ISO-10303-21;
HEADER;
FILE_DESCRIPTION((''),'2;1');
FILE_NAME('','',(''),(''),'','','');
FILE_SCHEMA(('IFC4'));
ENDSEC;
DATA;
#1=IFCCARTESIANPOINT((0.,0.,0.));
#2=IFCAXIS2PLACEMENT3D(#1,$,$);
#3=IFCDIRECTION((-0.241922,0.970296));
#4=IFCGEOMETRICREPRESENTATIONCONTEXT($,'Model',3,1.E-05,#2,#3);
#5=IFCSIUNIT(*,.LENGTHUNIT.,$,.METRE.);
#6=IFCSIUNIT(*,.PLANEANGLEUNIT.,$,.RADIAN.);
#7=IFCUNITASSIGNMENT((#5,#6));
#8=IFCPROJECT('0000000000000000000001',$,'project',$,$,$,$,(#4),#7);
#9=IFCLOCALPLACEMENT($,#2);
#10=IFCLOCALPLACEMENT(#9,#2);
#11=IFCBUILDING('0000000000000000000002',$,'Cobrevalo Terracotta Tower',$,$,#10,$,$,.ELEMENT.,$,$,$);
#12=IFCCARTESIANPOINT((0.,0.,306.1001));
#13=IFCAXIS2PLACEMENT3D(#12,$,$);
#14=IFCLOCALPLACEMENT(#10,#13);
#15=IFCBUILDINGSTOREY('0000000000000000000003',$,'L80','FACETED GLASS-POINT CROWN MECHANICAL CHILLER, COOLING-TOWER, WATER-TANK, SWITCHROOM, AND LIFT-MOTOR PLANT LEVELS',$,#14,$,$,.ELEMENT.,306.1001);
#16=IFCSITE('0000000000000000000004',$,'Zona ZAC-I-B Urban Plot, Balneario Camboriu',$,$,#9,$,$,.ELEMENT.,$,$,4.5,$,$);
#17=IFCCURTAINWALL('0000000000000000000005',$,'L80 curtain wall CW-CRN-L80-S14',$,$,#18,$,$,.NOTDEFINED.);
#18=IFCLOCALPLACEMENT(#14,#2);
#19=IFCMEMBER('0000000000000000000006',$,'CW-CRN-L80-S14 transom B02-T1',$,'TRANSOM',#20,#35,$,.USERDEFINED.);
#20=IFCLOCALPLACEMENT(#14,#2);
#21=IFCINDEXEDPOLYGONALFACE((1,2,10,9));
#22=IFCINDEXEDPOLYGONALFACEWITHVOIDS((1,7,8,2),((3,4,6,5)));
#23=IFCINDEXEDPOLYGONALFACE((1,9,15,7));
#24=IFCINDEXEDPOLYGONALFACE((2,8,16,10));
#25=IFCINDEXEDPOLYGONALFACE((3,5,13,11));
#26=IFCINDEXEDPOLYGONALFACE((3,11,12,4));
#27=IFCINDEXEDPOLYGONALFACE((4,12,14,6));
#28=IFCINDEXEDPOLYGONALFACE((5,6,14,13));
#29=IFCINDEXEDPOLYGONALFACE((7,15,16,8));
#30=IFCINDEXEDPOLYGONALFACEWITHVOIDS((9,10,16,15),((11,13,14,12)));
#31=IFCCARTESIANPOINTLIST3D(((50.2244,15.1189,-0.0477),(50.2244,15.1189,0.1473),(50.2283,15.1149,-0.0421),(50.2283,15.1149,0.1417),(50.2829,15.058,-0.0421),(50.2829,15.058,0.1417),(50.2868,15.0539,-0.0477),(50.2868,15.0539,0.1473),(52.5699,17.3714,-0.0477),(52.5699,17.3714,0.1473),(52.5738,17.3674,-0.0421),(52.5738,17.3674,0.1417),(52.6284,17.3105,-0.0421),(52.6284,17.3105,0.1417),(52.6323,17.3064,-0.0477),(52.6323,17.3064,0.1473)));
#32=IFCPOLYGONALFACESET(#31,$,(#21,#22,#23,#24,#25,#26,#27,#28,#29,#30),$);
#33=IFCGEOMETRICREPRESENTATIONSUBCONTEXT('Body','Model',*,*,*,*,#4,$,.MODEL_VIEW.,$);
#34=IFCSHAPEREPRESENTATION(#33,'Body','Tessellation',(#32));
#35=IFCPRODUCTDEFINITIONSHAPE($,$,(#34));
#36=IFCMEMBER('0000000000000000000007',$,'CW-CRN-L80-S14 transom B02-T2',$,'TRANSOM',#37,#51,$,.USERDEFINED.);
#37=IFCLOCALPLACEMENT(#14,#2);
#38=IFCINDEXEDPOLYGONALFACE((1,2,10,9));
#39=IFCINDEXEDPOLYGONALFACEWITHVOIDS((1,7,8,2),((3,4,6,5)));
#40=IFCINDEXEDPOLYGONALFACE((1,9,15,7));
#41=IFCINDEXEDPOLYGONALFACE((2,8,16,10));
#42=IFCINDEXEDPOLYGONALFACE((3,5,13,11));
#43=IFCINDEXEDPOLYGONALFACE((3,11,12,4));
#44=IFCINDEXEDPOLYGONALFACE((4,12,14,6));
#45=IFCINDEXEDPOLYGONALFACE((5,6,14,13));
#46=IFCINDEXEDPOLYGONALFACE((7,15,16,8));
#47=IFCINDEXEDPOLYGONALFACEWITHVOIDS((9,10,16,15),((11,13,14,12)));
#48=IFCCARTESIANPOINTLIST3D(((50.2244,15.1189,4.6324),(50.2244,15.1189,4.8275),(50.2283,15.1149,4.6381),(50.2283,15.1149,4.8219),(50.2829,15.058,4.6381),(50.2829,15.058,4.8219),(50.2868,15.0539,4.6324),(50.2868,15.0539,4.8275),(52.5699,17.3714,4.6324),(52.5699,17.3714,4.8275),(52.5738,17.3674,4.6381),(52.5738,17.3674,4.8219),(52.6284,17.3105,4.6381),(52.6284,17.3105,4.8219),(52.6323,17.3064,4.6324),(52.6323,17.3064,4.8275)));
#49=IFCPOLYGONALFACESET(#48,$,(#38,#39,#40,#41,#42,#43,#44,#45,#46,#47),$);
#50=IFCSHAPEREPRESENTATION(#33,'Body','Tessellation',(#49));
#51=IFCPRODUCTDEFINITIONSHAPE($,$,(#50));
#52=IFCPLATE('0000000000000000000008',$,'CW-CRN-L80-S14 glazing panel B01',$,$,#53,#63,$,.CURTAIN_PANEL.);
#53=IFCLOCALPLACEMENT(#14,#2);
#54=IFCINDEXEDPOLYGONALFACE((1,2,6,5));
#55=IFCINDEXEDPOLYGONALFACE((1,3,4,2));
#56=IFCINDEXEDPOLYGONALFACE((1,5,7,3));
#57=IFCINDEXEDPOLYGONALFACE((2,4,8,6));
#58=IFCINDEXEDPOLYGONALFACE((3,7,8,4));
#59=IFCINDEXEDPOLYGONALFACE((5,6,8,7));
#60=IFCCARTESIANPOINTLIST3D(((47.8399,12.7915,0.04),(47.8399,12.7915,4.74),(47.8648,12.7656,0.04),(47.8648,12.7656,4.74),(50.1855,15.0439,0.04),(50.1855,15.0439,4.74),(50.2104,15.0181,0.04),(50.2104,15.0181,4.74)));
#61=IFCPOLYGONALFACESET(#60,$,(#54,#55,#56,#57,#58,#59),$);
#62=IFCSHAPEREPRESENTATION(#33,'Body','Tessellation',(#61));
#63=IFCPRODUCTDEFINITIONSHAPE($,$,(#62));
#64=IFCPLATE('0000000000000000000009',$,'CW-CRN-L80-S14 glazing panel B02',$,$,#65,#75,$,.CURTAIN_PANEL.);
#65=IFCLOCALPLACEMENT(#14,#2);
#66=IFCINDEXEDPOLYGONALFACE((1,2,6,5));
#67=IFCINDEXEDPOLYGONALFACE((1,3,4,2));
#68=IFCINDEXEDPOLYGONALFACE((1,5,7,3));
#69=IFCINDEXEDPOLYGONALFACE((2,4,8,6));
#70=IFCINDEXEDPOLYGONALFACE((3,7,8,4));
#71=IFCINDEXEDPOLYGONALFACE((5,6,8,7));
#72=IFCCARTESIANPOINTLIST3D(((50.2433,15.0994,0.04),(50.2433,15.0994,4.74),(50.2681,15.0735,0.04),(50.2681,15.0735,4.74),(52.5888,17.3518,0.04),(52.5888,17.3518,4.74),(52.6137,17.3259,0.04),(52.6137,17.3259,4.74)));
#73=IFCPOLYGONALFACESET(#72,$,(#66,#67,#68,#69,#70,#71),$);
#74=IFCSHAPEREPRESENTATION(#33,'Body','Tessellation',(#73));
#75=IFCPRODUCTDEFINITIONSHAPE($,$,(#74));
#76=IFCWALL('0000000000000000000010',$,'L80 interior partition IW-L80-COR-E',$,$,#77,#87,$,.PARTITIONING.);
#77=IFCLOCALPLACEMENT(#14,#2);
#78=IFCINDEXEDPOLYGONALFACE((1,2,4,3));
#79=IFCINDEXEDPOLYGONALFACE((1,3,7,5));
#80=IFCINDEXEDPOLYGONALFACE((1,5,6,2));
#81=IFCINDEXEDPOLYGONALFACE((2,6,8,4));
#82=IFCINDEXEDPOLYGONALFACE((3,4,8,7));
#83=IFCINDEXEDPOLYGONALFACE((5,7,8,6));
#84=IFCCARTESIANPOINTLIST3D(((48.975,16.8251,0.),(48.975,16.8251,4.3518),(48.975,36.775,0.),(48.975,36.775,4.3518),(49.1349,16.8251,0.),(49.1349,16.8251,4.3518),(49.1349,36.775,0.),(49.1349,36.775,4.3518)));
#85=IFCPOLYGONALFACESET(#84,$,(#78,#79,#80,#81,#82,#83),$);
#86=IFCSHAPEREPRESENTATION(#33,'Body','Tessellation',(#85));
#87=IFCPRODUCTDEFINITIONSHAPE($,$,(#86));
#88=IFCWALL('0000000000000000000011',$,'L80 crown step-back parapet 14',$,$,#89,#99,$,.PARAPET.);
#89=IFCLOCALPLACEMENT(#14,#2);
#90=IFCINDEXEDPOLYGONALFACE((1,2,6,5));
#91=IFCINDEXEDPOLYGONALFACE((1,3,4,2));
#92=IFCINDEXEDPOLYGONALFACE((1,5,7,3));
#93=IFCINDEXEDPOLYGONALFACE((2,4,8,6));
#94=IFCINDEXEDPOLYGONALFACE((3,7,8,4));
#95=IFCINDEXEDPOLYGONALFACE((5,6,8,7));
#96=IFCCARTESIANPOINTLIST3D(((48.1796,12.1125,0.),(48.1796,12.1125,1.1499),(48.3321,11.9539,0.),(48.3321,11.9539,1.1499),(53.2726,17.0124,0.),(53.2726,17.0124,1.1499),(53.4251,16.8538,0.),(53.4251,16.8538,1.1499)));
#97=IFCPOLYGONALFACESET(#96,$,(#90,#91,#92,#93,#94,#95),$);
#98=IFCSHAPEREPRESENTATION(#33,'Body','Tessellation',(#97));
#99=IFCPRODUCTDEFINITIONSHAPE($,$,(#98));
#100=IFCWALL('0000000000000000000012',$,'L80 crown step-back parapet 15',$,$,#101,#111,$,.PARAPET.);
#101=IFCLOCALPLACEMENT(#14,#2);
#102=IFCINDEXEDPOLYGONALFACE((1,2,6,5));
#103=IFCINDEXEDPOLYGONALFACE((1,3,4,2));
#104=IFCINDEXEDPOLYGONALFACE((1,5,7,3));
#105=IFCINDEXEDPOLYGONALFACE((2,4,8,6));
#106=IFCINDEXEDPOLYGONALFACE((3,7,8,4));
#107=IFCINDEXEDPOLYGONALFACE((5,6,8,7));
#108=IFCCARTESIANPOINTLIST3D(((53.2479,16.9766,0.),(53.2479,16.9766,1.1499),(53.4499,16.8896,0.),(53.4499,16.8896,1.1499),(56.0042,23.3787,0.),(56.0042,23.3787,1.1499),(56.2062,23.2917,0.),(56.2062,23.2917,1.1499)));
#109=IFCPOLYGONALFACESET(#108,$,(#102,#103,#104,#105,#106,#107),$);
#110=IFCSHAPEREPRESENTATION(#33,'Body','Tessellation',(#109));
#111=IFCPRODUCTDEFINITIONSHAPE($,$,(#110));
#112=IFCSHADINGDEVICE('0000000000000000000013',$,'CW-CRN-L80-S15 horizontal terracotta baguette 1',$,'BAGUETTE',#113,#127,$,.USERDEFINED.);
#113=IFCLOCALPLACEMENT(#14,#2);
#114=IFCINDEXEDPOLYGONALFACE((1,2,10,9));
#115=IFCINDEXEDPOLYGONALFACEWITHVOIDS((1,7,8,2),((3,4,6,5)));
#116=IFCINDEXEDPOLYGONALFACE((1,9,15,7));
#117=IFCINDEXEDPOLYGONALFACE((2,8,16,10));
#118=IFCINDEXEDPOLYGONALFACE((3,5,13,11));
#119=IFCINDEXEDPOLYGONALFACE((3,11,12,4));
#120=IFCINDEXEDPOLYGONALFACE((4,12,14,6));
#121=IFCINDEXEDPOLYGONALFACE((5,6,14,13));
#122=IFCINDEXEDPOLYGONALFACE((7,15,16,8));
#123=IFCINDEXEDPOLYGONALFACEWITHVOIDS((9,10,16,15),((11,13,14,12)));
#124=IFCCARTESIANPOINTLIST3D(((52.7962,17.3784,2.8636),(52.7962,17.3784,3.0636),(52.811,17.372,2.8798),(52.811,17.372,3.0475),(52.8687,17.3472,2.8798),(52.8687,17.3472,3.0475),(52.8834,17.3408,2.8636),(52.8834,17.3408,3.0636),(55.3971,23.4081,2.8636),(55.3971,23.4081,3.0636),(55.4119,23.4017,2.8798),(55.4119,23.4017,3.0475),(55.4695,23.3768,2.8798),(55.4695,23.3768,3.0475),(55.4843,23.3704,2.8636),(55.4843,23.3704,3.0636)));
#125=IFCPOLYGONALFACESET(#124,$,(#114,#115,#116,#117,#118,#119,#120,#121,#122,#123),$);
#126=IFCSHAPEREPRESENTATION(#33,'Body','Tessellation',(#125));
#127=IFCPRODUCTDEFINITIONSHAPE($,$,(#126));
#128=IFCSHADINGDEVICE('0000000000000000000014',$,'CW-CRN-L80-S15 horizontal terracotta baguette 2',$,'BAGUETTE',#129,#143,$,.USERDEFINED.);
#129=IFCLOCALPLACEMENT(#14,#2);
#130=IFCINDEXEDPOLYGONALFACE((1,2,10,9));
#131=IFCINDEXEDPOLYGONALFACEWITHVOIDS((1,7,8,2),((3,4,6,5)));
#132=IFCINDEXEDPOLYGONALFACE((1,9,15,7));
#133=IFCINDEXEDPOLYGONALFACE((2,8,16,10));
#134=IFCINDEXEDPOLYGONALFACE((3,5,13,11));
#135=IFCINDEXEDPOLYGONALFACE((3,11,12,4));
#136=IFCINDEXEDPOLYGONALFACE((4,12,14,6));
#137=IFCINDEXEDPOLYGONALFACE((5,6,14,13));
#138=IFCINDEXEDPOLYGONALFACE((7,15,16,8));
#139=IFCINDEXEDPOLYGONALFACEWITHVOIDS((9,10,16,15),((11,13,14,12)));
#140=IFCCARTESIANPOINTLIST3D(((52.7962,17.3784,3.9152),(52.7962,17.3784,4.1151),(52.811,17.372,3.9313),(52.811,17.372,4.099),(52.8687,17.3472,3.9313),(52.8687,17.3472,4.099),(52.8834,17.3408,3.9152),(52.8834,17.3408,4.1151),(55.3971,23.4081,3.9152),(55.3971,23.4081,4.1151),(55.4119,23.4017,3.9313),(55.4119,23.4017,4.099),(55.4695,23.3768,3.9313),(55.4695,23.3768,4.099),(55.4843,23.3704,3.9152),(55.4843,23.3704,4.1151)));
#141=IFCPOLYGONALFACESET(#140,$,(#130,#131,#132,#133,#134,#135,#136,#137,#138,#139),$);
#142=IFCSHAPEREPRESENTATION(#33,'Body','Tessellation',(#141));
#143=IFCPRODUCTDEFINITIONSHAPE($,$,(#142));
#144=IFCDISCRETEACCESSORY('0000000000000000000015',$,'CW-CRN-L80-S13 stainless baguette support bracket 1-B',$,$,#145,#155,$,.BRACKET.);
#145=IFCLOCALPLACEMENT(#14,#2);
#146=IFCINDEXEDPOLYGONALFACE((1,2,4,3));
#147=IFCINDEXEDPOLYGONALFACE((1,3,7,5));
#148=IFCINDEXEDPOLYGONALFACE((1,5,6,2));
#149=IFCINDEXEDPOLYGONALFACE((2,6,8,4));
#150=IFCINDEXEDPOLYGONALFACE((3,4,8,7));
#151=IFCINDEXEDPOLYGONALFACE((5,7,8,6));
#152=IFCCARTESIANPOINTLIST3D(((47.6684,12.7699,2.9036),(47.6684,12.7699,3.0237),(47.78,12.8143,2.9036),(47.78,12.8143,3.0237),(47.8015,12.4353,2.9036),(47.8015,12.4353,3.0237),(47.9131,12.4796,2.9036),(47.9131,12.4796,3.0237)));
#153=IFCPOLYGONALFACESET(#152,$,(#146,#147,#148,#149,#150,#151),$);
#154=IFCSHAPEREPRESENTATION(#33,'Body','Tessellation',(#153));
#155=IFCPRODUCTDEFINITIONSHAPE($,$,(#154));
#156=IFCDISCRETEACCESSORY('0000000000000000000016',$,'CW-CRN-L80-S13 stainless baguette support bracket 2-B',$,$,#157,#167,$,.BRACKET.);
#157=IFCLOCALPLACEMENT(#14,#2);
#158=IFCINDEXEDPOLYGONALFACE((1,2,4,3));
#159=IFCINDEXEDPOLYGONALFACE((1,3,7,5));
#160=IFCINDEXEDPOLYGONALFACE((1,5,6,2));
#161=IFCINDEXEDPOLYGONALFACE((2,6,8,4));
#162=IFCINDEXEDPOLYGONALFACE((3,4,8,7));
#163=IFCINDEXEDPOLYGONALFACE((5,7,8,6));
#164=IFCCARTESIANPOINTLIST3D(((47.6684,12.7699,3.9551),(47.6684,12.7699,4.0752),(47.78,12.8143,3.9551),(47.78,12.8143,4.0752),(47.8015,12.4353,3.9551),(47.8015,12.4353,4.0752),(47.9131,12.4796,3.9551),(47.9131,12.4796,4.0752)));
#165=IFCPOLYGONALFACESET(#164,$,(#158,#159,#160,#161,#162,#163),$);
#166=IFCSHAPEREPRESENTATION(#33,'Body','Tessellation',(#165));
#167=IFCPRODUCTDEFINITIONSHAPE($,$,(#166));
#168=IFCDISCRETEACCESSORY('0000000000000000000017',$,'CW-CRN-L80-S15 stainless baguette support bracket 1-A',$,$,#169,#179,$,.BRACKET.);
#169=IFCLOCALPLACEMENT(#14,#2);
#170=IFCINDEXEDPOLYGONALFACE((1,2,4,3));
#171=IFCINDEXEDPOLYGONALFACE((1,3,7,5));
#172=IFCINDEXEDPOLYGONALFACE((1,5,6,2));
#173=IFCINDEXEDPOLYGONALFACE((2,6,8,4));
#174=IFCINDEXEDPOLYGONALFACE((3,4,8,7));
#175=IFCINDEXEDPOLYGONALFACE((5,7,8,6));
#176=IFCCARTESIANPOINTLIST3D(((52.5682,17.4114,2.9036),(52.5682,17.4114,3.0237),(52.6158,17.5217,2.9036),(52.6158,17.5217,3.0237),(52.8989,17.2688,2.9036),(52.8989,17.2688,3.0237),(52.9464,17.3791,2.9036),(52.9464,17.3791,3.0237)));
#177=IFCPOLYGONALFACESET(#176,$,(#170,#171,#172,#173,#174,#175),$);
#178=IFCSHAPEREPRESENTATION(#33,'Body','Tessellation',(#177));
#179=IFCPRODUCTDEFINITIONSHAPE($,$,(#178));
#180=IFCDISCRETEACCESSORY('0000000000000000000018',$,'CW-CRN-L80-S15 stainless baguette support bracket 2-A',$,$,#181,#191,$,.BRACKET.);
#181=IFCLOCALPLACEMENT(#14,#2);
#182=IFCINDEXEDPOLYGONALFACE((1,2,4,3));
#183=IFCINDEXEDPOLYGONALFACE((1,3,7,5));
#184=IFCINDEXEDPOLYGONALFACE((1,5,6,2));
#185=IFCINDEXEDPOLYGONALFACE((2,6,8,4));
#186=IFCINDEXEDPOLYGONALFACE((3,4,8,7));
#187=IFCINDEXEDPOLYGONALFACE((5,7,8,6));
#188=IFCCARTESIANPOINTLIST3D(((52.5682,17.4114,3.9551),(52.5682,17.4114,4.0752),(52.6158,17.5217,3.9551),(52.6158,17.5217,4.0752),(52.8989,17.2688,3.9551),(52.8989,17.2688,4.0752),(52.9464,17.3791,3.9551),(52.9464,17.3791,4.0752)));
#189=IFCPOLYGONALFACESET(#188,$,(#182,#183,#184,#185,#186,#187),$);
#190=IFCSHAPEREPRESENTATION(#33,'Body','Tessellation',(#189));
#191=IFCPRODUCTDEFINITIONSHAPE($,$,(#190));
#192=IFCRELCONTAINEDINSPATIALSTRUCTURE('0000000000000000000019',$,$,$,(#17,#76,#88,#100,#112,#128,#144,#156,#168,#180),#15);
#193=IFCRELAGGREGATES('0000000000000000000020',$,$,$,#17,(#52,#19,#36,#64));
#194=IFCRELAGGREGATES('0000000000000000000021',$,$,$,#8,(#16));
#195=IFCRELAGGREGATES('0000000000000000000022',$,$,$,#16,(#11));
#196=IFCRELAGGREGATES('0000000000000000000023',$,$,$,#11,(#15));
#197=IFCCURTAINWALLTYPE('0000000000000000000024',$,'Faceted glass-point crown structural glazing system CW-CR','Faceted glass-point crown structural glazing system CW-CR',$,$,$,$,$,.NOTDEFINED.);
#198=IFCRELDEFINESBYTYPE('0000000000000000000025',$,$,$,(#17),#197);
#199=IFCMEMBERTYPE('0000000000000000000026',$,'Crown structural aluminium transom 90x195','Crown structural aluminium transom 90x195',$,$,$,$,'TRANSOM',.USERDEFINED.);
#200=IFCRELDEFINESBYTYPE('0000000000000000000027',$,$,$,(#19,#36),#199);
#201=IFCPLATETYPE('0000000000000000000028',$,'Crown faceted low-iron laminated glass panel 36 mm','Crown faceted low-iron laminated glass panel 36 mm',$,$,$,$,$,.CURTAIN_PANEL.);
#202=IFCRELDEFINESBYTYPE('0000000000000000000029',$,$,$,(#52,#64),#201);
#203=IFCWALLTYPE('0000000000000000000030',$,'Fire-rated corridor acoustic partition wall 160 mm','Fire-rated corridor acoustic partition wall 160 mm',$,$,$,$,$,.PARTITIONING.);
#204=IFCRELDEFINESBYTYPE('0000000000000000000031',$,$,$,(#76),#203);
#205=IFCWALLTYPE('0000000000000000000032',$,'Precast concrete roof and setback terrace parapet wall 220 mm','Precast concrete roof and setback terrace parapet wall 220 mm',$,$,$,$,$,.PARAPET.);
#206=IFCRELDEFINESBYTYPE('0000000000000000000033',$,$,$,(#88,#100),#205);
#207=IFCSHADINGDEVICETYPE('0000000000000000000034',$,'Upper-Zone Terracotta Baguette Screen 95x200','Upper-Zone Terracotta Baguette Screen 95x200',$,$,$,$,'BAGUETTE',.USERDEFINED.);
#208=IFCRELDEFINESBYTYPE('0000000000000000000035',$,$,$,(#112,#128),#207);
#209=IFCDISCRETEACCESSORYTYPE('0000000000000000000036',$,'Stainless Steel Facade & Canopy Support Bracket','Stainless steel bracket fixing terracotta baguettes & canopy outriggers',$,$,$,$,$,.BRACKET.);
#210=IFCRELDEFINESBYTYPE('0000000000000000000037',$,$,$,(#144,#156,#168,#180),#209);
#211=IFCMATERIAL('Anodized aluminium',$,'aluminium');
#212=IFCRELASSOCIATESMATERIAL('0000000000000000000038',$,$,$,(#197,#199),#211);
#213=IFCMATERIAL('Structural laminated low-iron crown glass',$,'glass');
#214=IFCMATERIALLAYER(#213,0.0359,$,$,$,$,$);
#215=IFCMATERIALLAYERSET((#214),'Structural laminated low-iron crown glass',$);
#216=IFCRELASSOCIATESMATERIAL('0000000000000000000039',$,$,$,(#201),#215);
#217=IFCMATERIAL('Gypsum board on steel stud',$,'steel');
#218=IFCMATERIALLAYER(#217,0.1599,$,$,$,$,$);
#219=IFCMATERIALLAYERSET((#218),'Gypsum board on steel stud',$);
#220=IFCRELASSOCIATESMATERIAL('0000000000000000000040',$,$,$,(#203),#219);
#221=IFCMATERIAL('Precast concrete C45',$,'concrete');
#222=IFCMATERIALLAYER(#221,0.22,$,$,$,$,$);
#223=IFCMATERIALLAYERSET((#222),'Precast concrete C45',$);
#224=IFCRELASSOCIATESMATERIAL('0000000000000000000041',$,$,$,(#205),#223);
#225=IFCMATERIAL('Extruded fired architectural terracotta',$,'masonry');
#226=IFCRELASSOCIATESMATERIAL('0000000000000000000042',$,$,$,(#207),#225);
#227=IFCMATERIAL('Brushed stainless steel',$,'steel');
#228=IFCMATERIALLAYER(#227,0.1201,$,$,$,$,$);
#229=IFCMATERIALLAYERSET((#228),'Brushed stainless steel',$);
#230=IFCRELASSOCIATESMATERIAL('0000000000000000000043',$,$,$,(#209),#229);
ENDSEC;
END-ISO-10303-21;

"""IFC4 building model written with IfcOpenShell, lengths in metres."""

from ifc_helpers import new_model, si_unit, direction, frame, frame_2d, origin, origin_2d, place, context, subcontext, project, spatial, rectangle, hollow_rectangle, extrude, source, transform, mapped, material, layer, layer_set, material_profile, profile_set, type_object, element, aggregate, save


model = new_model("IFC4")

# Units and contexts
model_context = context("Model", 3, precision=1e-05, world=origin(), true_north=direction((-0.241922, 0.970296)))
body_context = subcontext(model_context, "Body", "Model", "MODEL_VIEW")
ifc_project = project(units=[si_unit("LENGTHUNIT", "METRE"), si_unit("PLANEANGLEUNIT", "RADIAN")], contexts=[model_context])

# Site, building, storey
site_placement = place(None, origin())
site = spatial("IfcSite", under=ifc_project, at=site_placement, Name="Zona ZAC-I-B Urban Plot, Balneario Camboriu", CompositionType="ELEMENT", RefElevation=4.5)
building_placement = place(site_placement, origin())
building = spatial("IfcBuilding", under=site, at=building_placement, Name="Cobrevalo Terracotta Tower", CompositionType="ELEMENT")
storey_placement = place(building_placement, frame((0.0, 0.0, 306.1001)))
storey = spatial("IfcBuildingStorey", under=building, at=storey_placement, Name="L80", Description="FACETED GLASS-POINT CROWN MECHANICAL CHILLER, COOLING-TOWER, WATER-TANK, SWITCHROOM, AND LIFT-MOTOR PLANT LEVELS", CompositionType="ELEMENT", Elevation=306.1001)

# Shared definitions
ifc_material_1 = material(Name="Anodized aluminium", Category="aluminium")
curtain_wall_type = type_object("IfcCurtainWallType", Name="Faceted glass-point crown structural glazing system CW-CR", Description="Faceted glass-point crown structural glazing system CW-CR", PredefinedType="NOTDEFINED", material=ifc_material_1)

# Curtain wall
curtain_wall_1_placement = place(storey_placement, origin())
curtain_wall_1 = element("IfcCurtainWall", 1, at=curtain_wall_1_placement, inside=storey, type_object=curtain_wall_type, Name="L80 curtain wall CW-CRN-L80-S14", PredefinedType="NOTDEFINED")
ifc_material_profile_1 = material_profile(ifc_material_1, hollow_rectangle(XDim=0.0901, YDim=0.1951, WallThickness=0.0056, at=origin_2d()), Name="CWT 90x195")
ifc_profile_set_1 = profile_set([ifc_material_profile_1], Name="Anodized aluminium")
member_type_1 = type_object("IfcMemberType", Name="Crown structural aluminium transom 90x195", Description="Crown structural aluminium transom 90x195", ElementType="TRANSOM", PredefinedType="USERDEFINED", material=ifc_profile_set_1)

# Members
shared_shape_1 = source(origin(), body_context, "Body", "SweptSolid", [
    extrude(hollow_rectangle(XDim=0.0901, YDim=0.1951, WallThickness=0.0056, at=origin_2d()), origin(), (0.0, 0.0, 1.0), 3.252),
])
member_1_placement = place(storey_placement, frame((50.2556, 15.0864, 0.0498), z_axis=(0.721264, 0.69266, 0.0), x_axis=(-0.69266, 0.721264, 0.0)))
member_1 = element("IfcMember", 2, at=member_1_placement, type_object=member_type_1, Name="CW-CRN-L80-S14 transom B02-T1", ObjectType="TRANSOM", PredefinedType="USERDEFINED", context=body_context, shape_type="MappedRepresentation", body=[
    mapped(shared_shape_1, transform((0.0, 0.0, 0.0), scale=1.0)),
])
member_2_placement = place(storey_placement, frame((50.2556, 15.0864, 4.73), z_axis=(0.721264, 0.69266, 0.0), x_axis=(-0.69266, 0.721264, 0.0)))
member_2 = element("IfcMember", 3, at=member_2_placement, type_object=member_type_1, Name="CW-CRN-L80-S14 transom B02-T2", ObjectType="TRANSOM", PredefinedType="USERDEFINED", context=body_context, shape_type="MappedRepresentation", body=[
    mapped(shared_shape_1, transform((0.0, 0.0, 0.0), scale=1.0)),
])

# Plates
ifc_material_2 = material(Name="Structural laminated low-iron crown glass", Category="glass")
ifc_layer_1 = layer(ifc_material_2, 0.0359)
ifc_layer_set_1 = layer_set([ifc_layer_1], Name="Structural laminated low-iron crown glass")
plate_type = type_object("IfcPlateType", Name="Crown faceted low-iron laminated glass panel 36 mm", Description="Crown faceted low-iron laminated glass panel 36 mm", PredefinedType="CURTAIN_PANEL", material=ifc_layer_set_1)
shared_shape_2 = source(origin(), body_context, "Body", "SweptSolid", [
    extrude(rectangle(XDim=3.252, YDim=0.0359, at=origin_2d()), origin(), (0.0, 0.0, 1.0), 4.7),
])
plate_1_placement = place(storey_placement, frame((49.0251, 13.9048, 0.04), z_axis=(0.0, 0.0, 1.0), x_axis=(0.72128, 0.692643, 0.0)))
plate_1 = element("IfcPlate", 4, at=plate_1_placement, type_object=plate_type, Name="CW-CRN-L80-S14 glazing panel B01", PredefinedType="CURTAIN_PANEL", context=body_context, shape_type="MappedRepresentation", body=[
    mapped(shared_shape_2, transform((0.0, 0.0, 0.0), scale=1.0)),
])
plate_2_placement = place(storey_placement, frame((51.4285, 16.2126, 0.04), z_axis=(0.0, 0.0, 1.0), x_axis=(0.72128, 0.692643, 0.0)))
plate_2 = element("IfcPlate", 5, at=plate_2_placement, type_object=plate_type, Name="CW-CRN-L80-S14 glazing panel B02", PredefinedType="CURTAIN_PANEL", context=body_context, shape_type="MappedRepresentation", body=[
    mapped(shared_shape_2, transform((0.0, 0.0, 0.0), scale=1.0)),
])
aggregate(curtain_wall_1, [plate_1, member_1, member_2, plate_2])

# Walls
ifc_material_3 = material(Name="Gypsum board on steel stud", Category="steel")
ifc_layer_2 = layer(ifc_material_3, 0.1599)
ifc_layer_set_2 = layer_set([ifc_layer_2], Name="Gypsum board on steel stud")
wall_type_1 = type_object("IfcWallType", Name="Fire-rated corridor acoustic partition wall 160 mm", Description="Fire-rated corridor acoustic partition wall 160 mm", PredefinedType="PARTITIONING", material=ifc_layer_set_2)
wall_1_placement = place(storey_placement, frame((49.0549, 16.825, 0.0), z_axis=(0.0, 0.0, 1.0), x_axis=(0.0, 1.0, 0.0)))
element("IfcWall", 6, at=wall_1_placement, inside=storey, type_object=wall_type_1, Name="L80 interior partition IW-L80-COR-E", PredefinedType="PARTITIONING", context=body_context, shape_type="SweptSolid", body=[
    extrude(rectangle(XDim=19.95, YDim=0.1599, at=frame_2d((9.9751, 0.0))), origin(), (0.0, 0.0, 1.0), 4.3518),
])
ifc_material_4 = material(Name="Precast concrete C45", Category="concrete")
ifc_layer_3 = layer(ifc_material_4, 0.22)
ifc_layer_set_3 = layer_set([ifc_layer_3], Name="Precast concrete C45")
wall_type_2 = type_object("IfcWallType", Name="Precast concrete roof and setback terrace parapet wall 220 mm", Description="Precast concrete roof and setback terrace parapet wall 220 mm", PredefinedType="PARAPET", material=ifc_layer_set_3)
wall_2_placement = place(storey_placement, frame((48.2559, 12.0332, 0.0), z_axis=(0.0, 0.0, 1.0), x_axis=(0.720637, 0.693312, 0.0)))
element("IfcWall", 7, at=wall_2_placement, inside=storey, type_object=wall_type_2, Name="L80 crown step-back parapet 14", PredefinedType="PARAPET", context=body_context, shape_type="SweptSolid", body=[
    extrude(rectangle(XDim=7.0674, YDim=0.22, at=frame_2d((3.5337, 0.0))), origin(), (0.0, 0.0, 1.0), 1.1499),
])
wall_3_placement = place(storey_placement, frame((53.3489, 16.9331, 0.0), z_axis=(0.0, 0.0, 1.0), x_axis=(0.395445, 0.91849, 0.0)))
element("IfcWall", 8, at=wall_3_placement, inside=storey, type_object=wall_type_2, Name="L80 crown step-back parapet 15", PredefinedType="PARAPET", context=body_context, shape_type="SweptSolid", body=[
    extrude(rectangle(XDim=6.9702, YDim=0.22, at=frame_2d((3.4851, 0.0))), origin(), (0.0, 0.0, 1.0), 1.1499),
])

# Shading devices
ifc_material_5 = material(Name="Extruded fired architectural terracotta", Category="masonry")
ifc_material_profile_2 = material_profile(ifc_material_5, hollow_rectangle(XDim=0.095, YDim=0.2, WallThickness=0.0161, at=origin_2d()), Name="BAGUETTE 95x200")
ifc_profile_set_2 = profile_set([ifc_material_profile_2], Name="Extruded fired architectural terracotta")
shading_device_type = type_object("IfcShadingDeviceType", Name="Upper-Zone Terracotta Baguette Screen 95x200", Description="Upper-Zone Terracotta Baguette Screen 95x200", ElementType="BAGUETTE", PredefinedType="USERDEFINED", material=ifc_profile_set_2)
shared_shape_3 = source(origin(), body_context, "Body", "SweptSolid", [
    extrude(hollow_rectangle(XDim=0.095, YDim=0.2, WallThickness=0.0161, at=origin_2d()), origin(), (0.0, 0.0, 1.0), 6.5667),
])
for number, where, z_axis, x_axis, name in (
    (9, (52.8398, 17.3596, 2.9636), (0.396072, 0.918219, 0.0), (-0.918219, 0.396072, 0.0), "CW-CRN-L80-S15 horizontal terracotta baguette 1"),
    (10, (52.8398, 17.3596, 4.0151), (0.396072, 0.918219, 0.0), (-0.918219, 0.396072, 0.0), "CW-CRN-L80-S15 horizontal terracotta baguette 2"),
):
    element("IfcShadingDevice", number, at=place(storey_placement, frame(where, z_axis=z_axis, x_axis=x_axis)), inside=storey, type_object=shading_device_type, Name=name, ObjectType="BAGUETTE", PredefinedType="USERDEFINED", context=body_context, shape_type="MappedRepresentation", body=[
        mapped(shared_shape_3, transform((0.0, 0.0, 0.0), scale=1.0)),
    ])

# Discrete accessories
ifc_material_6 = material(Name="Brushed stainless steel", Category="steel")
ifc_layer_4 = layer(ifc_material_6, 0.1201)
ifc_layer_set_4 = layer_set([ifc_layer_4], Name="Brushed stainless steel")
discrete_accessory_type = type_object("IfcDiscreteAccessoryType", Name="Stainless Steel Facade & Canopy Support Bracket", Description="Stainless steel bracket fixing terracotta baguettes & canopy outriggers", PredefinedType="BRACKET", material=ifc_layer_set_4)
shared_shape_4 = source(origin(), body_context, "Body", "SweptSolid", [
    extrude(rectangle(XDim=0.1201, YDim=0.3601, at=origin_2d()), origin(), (0.0, 0.0, 1.0), 0.1201),
])
for number, where, z_axis, x_axis, name in (
    (11, (47.7908, 12.6248, 2.9036), (0.0, 0.0, 1.0), (0.929191, 0.369601, 0.0), "CW-CRN-L80-S13 stainless baguette support bracket 1-B"),
    (12, (47.7908, 12.6248, 3.9551), (0.0, 0.0, 1.0), (0.929191, 0.369601, 0.0), "CW-CRN-L80-S13 stainless baguette support bracket 2-B"),
    (13, (52.7573, 17.3953, 2.9036), (0.0, 0.0, 1.0), (0.396066, 0.918222, 0.0), "CW-CRN-L80-S15 stainless baguette support bracket 1-A"),
    (14, (52.7573, 17.3953, 3.9551), (0.0, 0.0, 1.0), (0.396066, 0.918222, 0.0), "CW-CRN-L80-S15 stainless baguette support bracket 2-A"),
):
    element("IfcDiscreteAccessory", number, at=place(storey_placement, frame(where, z_axis=z_axis, x_axis=x_axis)), inside=storey, type_object=discrete_accessory_type, Name=name, PredefinedType="BRACKET", context=body_context, shape_type="MappedRepresentation", body=[
        mapped(shared_shape_4, transform((0.0, 0.0, 0.0), scale=1.0)),
    ])

save(model, "model.ifc")
